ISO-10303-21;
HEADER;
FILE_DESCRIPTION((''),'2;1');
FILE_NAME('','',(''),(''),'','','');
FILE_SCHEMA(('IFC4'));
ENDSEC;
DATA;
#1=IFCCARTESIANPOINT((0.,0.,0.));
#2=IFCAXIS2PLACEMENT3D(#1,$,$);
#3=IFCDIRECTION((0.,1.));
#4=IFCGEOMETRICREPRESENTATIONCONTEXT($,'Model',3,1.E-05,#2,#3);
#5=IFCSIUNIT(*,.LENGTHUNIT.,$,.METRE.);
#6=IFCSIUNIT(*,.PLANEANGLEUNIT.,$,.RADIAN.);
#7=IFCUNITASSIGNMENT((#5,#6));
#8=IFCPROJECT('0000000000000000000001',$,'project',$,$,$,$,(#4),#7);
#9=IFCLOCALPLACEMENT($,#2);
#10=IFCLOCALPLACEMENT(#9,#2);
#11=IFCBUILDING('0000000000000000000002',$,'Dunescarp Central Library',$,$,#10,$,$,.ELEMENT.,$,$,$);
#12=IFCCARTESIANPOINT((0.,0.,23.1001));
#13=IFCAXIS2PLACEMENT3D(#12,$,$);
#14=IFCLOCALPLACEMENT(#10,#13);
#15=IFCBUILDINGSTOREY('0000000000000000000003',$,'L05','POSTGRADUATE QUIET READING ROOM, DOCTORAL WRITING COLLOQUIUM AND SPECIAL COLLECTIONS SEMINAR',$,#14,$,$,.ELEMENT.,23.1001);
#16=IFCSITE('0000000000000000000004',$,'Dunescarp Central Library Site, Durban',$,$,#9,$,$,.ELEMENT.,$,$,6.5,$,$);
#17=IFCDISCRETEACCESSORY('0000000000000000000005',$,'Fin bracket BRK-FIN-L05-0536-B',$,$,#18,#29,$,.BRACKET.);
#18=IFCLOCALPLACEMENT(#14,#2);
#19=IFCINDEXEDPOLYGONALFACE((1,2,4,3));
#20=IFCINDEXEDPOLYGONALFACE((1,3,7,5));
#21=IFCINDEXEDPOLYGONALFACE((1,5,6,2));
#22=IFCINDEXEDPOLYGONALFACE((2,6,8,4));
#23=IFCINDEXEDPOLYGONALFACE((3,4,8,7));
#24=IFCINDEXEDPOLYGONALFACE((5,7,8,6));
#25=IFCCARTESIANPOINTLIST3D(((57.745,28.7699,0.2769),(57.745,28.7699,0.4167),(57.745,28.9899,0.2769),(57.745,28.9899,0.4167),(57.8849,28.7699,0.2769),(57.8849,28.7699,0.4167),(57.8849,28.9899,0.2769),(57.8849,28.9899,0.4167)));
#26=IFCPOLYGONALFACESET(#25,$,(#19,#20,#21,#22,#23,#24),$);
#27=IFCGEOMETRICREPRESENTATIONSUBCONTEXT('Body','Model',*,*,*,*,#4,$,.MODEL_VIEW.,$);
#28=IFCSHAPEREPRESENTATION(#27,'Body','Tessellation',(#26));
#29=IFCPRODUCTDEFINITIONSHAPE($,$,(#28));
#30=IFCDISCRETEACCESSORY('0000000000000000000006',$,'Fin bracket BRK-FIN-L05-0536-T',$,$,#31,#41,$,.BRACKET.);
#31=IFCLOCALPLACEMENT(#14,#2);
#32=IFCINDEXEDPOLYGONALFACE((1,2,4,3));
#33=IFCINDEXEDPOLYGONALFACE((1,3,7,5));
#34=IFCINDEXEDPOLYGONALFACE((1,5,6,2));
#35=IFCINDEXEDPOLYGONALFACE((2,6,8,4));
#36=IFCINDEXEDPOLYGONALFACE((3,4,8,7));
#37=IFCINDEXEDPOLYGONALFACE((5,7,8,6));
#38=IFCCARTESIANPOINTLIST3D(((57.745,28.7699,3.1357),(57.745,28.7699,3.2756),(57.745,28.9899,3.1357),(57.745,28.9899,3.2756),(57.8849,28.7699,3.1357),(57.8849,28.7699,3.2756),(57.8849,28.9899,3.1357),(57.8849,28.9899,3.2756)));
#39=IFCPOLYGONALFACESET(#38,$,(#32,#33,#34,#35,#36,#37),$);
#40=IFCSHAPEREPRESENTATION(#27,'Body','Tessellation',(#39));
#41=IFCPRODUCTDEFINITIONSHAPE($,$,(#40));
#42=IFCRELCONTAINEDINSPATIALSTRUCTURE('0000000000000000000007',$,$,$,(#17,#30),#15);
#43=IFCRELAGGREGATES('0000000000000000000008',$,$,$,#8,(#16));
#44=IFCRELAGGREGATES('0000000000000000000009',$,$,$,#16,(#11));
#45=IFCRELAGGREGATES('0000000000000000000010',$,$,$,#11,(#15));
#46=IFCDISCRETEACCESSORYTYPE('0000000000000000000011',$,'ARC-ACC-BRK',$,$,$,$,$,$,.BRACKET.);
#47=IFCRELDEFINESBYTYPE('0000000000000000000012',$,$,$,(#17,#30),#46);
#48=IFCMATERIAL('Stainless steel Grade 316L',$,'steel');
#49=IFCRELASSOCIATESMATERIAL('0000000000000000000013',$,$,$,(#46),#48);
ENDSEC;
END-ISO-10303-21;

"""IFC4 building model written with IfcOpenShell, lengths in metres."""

from ifc_helpers import new_model, si_unit, direction, frame, origin, origin_2d, place, context, subcontext, project, spatial, rectangle, extrude, material, type_object, element, save


model = new_model("IFC4")

# Units and contexts
model_context = context("Model", 3, precision=1e-05, world=origin(), true_north=direction((0.0, 1.0)))
body_context = subcontext(model_context, "Body", "Model", "MODEL_VIEW")
ifc_project = project(units=[si_unit("LENGTHUNIT", "METRE"), si_unit("PLANEANGLEUNIT", "RADIAN")], contexts=[model_context])

# Site, building, storey
site_placement = place(None, origin())
site = spatial("IfcSite", under=ifc_project, at=site_placement, Name="Dunescarp Central Library Site, Durban", CompositionType="ELEMENT", RefElevation=6.5)
building_placement = place(site_placement, origin())
building = spatial("IfcBuilding", under=site, at=building_placement, Name="Dunescarp Central Library", CompositionType="ELEMENT")
storey_placement = place(building_placement, frame((0.0, 0.0, 23.1001)))
storey = spatial("IfcBuildingStorey", under=building, at=storey_placement, Name="L05", Description="POSTGRADUATE QUIET READING ROOM, DOCTORAL WRITING COLLOQUIUM AND SPECIAL COLLECTIONS SEMINAR", CompositionType="ELEMENT", Elevation=23.1001)

# Shared definitions
ifc_material_1 = material(Name="Stainless steel Grade 316L", Category="steel")

# Discrete accessories
discrete_accessory_type = type_object("IfcDiscreteAccessoryType", Name="ARC-ACC-BRK", PredefinedType="BRACKET", material=ifc_material_1)
for number, where, z_axis, x_axis, name in (
    (1, (57.8149, 28.8799, 0.2769), (0.0, 0.0, 1.0), (0.0, 1.0, 0.0), "Fin bracket BRK-FIN-L05-0536-B"),
    (2, (57.8149, 28.8799, 3.1357), (0.0, 0.0, 1.0), (0.0, 1.0, 0.0), "Fin bracket BRK-FIN-L05-0536-T"),
):
    element("IfcDiscreteAccessory", number, at=place(storey_placement, frame(where, z_axis=z_axis, x_axis=x_axis)), inside=storey, type_object=discrete_accessory_type, Name=name, PredefinedType="BRACKET", context=body_context, shape_type="SweptSolid", body=[
        extrude(rectangle(XDim=0.22, YDim=0.1399, at=origin_2d()), origin(), (0.0, 0.0, 1.0), 0.1399),
    ])

save(model, "model.ifc")
